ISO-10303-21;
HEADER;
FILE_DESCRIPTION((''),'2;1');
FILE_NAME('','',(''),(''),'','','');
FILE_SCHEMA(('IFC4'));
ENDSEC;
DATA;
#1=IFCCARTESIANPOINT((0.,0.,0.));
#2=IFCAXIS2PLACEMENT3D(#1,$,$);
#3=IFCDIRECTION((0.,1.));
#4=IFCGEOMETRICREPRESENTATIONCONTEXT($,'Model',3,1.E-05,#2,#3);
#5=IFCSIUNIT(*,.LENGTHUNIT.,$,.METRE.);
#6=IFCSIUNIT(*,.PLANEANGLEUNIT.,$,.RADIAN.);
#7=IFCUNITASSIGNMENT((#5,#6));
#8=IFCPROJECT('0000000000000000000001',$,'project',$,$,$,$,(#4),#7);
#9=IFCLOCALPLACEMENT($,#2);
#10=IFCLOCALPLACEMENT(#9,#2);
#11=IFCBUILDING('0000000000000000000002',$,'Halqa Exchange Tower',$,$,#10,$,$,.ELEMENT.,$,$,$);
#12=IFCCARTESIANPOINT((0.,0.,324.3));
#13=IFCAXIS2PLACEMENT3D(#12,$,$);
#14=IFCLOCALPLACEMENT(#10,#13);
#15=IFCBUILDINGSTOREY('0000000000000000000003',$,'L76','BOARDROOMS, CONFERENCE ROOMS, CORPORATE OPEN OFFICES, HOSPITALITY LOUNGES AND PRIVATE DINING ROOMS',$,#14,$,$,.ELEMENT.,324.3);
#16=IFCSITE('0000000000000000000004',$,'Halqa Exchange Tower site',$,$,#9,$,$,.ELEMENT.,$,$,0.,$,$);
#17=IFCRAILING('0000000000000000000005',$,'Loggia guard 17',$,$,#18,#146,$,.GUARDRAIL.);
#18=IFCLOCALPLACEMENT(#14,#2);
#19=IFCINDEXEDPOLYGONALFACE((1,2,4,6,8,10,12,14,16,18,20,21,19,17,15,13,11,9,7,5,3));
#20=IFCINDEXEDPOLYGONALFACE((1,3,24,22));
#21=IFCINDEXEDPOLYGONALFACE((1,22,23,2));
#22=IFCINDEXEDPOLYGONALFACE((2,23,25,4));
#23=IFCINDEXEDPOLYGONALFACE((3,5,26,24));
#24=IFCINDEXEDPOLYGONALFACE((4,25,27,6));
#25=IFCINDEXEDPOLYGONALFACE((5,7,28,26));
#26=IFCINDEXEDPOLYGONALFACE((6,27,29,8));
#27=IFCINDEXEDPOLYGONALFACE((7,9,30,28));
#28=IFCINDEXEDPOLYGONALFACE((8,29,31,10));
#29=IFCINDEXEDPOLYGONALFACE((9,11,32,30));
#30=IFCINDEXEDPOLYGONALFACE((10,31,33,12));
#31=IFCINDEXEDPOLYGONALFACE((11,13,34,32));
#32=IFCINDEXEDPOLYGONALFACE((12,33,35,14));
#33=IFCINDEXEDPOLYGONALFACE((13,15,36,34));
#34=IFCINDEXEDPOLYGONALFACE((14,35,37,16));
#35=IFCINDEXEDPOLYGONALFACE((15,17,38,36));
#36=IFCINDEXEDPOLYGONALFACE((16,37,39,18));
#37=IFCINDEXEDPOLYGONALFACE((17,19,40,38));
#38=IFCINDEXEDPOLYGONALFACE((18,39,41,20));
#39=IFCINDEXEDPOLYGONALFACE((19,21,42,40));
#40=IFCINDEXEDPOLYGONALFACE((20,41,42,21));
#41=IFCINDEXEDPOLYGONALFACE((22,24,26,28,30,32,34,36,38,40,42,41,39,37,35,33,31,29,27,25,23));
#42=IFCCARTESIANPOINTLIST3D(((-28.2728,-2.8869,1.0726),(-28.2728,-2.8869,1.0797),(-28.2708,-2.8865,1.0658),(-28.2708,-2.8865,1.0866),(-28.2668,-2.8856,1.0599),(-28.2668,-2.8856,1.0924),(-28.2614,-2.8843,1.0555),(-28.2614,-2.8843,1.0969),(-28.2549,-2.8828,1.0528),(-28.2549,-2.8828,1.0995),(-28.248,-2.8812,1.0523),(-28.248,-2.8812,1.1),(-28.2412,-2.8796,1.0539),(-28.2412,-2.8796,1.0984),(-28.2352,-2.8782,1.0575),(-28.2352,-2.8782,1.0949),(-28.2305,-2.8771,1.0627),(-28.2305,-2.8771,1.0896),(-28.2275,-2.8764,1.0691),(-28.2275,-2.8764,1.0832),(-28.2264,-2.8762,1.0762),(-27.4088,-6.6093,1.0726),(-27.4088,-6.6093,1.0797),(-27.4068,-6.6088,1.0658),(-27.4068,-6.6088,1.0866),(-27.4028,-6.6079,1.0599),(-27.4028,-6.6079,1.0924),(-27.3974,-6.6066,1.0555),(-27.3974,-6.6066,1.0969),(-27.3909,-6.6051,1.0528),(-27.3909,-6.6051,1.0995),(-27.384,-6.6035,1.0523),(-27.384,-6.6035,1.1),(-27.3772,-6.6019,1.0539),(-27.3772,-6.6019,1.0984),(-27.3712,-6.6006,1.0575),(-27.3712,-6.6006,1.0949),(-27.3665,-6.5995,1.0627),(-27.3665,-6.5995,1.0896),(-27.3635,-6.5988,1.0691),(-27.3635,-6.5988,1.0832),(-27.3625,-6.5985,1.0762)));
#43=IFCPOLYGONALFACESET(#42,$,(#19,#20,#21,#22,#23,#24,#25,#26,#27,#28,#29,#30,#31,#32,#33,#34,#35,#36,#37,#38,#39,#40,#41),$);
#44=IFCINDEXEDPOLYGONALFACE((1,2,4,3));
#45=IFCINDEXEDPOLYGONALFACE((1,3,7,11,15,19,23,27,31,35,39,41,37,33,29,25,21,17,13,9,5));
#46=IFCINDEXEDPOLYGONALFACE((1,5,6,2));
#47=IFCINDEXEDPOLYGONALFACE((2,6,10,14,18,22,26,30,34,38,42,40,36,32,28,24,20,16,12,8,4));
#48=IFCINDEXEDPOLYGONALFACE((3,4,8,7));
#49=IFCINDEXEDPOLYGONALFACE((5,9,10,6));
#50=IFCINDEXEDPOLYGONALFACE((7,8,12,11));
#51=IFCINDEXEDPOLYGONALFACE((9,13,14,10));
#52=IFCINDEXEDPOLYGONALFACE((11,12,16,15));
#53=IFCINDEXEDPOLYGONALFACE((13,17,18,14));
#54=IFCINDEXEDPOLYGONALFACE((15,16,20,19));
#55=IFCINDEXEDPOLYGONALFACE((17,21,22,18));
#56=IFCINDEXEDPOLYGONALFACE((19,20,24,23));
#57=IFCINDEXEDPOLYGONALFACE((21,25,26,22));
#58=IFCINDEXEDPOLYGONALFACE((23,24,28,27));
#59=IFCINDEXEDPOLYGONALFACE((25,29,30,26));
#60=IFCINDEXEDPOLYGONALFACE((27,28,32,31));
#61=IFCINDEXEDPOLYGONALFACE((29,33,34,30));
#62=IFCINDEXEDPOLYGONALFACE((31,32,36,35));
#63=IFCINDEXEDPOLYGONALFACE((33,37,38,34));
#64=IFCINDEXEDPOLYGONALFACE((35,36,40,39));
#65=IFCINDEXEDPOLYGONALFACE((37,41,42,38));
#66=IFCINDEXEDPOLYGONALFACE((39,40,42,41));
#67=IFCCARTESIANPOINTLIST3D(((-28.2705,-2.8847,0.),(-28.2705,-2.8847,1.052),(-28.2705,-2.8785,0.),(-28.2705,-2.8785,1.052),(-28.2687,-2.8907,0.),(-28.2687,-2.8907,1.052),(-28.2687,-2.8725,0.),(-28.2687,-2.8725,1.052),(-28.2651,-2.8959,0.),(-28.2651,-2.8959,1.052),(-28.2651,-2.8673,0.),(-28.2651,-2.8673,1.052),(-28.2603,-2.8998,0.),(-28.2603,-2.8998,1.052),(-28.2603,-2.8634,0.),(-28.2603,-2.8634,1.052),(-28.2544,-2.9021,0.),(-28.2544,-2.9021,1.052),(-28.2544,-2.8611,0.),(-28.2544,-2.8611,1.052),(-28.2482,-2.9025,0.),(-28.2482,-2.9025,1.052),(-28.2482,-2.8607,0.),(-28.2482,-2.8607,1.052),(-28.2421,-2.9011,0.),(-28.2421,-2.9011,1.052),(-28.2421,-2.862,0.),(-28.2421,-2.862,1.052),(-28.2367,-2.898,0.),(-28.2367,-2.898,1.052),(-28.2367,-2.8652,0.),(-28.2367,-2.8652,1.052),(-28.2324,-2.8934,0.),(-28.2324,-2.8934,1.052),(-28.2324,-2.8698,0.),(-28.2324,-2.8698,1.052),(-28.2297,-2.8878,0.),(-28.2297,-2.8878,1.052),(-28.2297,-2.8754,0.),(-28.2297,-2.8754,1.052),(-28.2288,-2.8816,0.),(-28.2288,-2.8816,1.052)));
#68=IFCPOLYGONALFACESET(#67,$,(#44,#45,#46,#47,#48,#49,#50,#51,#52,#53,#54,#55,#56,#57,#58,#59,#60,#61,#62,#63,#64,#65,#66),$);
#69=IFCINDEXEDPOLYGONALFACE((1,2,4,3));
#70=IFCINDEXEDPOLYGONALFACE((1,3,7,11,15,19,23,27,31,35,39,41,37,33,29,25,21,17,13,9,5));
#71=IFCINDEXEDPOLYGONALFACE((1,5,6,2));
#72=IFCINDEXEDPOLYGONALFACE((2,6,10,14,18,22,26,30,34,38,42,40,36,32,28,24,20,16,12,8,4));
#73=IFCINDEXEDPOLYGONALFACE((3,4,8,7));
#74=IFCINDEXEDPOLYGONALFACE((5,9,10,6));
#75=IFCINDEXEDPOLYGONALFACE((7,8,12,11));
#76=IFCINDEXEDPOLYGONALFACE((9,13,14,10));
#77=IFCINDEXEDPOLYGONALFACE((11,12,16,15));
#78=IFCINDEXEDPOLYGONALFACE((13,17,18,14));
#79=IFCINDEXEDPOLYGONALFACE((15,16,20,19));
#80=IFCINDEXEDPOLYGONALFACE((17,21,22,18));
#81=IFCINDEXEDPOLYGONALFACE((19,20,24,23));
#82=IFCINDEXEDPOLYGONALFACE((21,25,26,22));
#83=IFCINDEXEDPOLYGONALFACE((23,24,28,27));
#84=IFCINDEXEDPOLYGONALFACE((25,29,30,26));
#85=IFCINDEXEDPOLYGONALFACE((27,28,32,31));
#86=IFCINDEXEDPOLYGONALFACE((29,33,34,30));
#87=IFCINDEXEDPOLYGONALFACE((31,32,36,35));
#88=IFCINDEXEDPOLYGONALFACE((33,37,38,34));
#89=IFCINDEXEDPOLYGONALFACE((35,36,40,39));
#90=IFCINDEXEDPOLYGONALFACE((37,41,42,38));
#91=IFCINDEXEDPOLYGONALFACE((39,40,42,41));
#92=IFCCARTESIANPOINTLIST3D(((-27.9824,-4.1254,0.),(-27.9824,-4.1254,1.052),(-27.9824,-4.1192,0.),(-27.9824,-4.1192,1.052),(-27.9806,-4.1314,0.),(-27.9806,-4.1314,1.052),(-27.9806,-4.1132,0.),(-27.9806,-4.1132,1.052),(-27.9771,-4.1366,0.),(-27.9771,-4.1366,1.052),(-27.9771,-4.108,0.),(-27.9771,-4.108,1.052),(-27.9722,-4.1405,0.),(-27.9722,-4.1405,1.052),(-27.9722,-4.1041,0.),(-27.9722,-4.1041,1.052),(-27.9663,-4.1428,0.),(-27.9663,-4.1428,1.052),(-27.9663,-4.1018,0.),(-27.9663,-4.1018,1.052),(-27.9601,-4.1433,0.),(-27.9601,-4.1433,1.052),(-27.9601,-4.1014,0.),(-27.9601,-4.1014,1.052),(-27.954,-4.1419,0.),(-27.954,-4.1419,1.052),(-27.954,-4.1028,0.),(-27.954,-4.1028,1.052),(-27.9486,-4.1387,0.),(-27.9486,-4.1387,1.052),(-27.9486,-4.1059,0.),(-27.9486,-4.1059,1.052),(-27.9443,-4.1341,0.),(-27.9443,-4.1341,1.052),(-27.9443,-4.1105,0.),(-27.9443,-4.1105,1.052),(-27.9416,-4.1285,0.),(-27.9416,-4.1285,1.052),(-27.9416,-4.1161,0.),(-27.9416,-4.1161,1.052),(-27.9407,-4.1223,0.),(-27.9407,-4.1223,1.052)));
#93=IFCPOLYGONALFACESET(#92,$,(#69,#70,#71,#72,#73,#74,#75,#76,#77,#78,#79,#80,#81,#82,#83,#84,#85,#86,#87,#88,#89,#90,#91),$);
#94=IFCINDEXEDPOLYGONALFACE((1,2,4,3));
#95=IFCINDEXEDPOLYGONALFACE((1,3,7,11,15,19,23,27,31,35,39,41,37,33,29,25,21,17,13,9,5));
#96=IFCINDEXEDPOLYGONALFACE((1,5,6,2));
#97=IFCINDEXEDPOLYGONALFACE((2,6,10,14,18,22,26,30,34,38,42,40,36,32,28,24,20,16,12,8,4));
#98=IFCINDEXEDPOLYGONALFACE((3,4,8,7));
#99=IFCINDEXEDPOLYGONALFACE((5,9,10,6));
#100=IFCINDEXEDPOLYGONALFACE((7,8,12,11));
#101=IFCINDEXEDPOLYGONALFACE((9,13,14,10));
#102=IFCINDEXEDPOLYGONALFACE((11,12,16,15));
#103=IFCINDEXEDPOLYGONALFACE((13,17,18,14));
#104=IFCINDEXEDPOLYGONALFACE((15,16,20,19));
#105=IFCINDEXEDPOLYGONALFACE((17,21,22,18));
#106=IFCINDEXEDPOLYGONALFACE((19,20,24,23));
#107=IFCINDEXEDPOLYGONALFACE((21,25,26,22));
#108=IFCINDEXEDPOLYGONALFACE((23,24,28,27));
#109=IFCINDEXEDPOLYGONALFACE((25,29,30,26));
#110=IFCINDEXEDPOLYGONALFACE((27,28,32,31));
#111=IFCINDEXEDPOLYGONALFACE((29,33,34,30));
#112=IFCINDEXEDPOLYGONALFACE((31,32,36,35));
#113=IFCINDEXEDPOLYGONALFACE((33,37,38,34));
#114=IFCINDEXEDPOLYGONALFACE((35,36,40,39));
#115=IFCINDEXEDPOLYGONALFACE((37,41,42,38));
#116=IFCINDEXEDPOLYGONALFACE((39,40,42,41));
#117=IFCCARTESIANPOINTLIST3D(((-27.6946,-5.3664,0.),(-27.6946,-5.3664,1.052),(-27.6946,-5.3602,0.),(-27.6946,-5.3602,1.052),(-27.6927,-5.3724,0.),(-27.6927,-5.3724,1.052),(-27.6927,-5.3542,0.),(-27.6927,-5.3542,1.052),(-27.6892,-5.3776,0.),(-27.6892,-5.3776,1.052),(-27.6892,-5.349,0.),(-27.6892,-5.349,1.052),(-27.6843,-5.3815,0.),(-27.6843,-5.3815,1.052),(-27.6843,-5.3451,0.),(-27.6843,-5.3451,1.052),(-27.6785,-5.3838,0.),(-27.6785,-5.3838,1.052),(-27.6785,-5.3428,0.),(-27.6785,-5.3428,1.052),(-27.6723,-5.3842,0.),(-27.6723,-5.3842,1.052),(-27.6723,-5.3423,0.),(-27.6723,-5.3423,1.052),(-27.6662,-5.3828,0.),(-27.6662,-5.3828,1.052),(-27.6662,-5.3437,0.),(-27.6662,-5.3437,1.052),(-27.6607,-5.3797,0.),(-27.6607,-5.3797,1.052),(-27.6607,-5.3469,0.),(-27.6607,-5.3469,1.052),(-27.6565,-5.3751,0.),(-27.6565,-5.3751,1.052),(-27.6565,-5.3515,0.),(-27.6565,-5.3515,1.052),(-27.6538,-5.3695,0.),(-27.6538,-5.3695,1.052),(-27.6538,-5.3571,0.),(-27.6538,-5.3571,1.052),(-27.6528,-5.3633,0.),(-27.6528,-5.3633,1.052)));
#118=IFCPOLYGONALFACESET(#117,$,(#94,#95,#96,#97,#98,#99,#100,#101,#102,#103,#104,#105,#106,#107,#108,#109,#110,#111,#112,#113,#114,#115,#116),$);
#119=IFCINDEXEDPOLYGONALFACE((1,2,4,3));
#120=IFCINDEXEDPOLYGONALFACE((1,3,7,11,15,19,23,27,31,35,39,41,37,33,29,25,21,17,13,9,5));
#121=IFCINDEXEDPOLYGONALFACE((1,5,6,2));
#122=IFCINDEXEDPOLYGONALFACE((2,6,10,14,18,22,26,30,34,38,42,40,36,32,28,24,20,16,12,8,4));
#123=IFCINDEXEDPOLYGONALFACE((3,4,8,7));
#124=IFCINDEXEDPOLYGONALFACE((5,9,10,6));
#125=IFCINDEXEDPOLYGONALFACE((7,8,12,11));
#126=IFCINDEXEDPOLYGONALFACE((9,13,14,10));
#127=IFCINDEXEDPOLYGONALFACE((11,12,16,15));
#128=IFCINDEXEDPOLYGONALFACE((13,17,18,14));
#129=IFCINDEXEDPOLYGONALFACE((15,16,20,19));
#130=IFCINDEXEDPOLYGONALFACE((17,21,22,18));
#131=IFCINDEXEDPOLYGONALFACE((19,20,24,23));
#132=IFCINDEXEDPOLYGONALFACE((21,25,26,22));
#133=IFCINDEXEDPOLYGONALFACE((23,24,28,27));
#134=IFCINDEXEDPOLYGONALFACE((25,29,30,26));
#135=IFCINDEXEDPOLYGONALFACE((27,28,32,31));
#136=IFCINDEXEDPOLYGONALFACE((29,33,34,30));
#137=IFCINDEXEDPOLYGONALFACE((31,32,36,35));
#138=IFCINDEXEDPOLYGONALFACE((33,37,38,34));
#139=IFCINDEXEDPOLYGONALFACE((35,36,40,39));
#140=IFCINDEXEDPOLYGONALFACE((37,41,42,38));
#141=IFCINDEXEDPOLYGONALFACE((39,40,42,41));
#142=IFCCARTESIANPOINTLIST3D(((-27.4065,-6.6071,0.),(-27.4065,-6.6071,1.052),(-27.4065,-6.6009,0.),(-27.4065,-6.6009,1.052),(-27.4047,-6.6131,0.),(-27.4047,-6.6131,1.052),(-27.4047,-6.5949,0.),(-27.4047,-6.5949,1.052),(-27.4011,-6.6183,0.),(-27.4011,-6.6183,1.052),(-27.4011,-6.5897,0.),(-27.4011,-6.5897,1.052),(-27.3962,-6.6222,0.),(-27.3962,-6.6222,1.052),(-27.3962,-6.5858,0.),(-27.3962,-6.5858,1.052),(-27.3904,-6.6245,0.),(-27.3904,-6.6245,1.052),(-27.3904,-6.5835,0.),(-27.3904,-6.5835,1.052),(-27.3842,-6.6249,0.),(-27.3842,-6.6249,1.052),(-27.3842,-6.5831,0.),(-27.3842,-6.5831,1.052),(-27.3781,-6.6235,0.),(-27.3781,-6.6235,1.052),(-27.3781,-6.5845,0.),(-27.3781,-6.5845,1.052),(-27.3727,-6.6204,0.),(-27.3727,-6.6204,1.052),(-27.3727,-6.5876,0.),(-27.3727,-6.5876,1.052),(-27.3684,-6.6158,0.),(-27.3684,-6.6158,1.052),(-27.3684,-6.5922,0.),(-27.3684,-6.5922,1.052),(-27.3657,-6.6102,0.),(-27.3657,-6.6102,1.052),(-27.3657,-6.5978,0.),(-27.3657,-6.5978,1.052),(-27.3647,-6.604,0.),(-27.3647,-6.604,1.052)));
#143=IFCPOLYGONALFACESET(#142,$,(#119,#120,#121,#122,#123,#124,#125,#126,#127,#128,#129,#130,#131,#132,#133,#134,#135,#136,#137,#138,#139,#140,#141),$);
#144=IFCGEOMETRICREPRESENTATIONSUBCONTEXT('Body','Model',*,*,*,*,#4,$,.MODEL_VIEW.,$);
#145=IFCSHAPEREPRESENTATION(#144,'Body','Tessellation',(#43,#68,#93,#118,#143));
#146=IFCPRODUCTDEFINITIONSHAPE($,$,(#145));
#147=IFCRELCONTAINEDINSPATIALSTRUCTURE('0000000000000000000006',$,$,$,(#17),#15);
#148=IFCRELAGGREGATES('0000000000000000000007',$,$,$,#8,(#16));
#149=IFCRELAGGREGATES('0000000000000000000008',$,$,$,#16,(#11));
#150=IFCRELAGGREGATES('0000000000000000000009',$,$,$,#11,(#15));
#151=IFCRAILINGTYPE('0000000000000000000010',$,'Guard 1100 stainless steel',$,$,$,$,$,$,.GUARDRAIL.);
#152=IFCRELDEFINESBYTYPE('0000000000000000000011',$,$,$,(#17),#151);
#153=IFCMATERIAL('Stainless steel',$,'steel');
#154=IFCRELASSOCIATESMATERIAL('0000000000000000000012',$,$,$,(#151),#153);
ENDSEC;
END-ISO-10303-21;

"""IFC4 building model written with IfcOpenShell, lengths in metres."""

from ifc_helpers import new_model, si_unit, direction, frame, origin, origin_2d, place, context, subcontext, project, spatial, circle, extrude, material, type_object, element, save


model = new_model("IFC4")

# Units and contexts
model_context = context("Model", 3, precision=1e-05, world=origin(), true_north=direction((0.0, 1.0)))
body_context = subcontext(model_context, "Body", "Model", "MODEL_VIEW")
ifc_project = project(units=[si_unit("LENGTHUNIT", "METRE"), si_unit("PLANEANGLEUNIT", "RADIAN")], contexts=[model_context])

# Site, building, storey
site_placement = place(None, origin())
site = spatial("IfcSite", under=ifc_project, at=site_placement, Name="Halqa Exchange Tower site", CompositionType="ELEMENT", RefElevation=0.0)
building_placement = place(site_placement, origin())
building = spatial("IfcBuilding", under=site, at=building_placement, Name="Halqa Exchange Tower", CompositionType="ELEMENT")
storey_placement = place(building_placement, frame((0.0, 0.0, 324.3)))
storey = spatial("IfcBuildingStorey", under=building, at=storey_placement, Name="L76", Description="BOARDROOMS, CONFERENCE ROOMS, CORPORATE OPEN OFFICES, HOSPITALITY LOUNGES AND PRIVATE DINING ROOMS", CompositionType="ELEMENT", Elevation=324.3)

# Railing
ifc_material_1 = material(Name="Stainless steel", Category="steel")
railing_type = type_object("IfcRailingType", Name="Guard 1100 stainless steel", PredefinedType="GUARDRAIL", material=ifc_material_1)
railing_1_placement = place(storey_placement, frame((-28.2498, -2.8816, 0.0)))
element("IfcRailing", 1, at=railing_1_placement, inside=storey, type_object=railing_type, Name="Loggia guard 17", PredefinedType="GUARDRAIL", context=body_context, shape_type="SweptSolid", body=[
    extrude(circle(Radius=0.0239, at=origin_2d()), frame((0.0, 0.0, 1.0762), z_axis=(0.2261, -0.974104, 0.0), x_axis=(0.974104, 0.2261, 0.0)), (0.0, 0.0, 1.0), 3.8213),
    extrude(circle(Radius=0.021, at=origin_2d()), origin(), (0.0, 0.0, 1.0), 1.052),
    extrude(circle(Radius=0.021, at=origin_2d()), frame((0.2881, -1.2407, 0.0)), (0.0, 0.0, 1.0), 1.052),
    extrude(circle(Radius=0.021, at=origin_2d()), frame((0.5759, -2.4817, 0.0)), (0.0, 0.0, 1.0), 1.052),
    extrude(circle(Radius=0.021, at=origin_2d()), frame((0.864, -3.7224, 0.0)), (0.0, 0.0, 1.0), 1.052),
])

save(model, "model.ifc")
